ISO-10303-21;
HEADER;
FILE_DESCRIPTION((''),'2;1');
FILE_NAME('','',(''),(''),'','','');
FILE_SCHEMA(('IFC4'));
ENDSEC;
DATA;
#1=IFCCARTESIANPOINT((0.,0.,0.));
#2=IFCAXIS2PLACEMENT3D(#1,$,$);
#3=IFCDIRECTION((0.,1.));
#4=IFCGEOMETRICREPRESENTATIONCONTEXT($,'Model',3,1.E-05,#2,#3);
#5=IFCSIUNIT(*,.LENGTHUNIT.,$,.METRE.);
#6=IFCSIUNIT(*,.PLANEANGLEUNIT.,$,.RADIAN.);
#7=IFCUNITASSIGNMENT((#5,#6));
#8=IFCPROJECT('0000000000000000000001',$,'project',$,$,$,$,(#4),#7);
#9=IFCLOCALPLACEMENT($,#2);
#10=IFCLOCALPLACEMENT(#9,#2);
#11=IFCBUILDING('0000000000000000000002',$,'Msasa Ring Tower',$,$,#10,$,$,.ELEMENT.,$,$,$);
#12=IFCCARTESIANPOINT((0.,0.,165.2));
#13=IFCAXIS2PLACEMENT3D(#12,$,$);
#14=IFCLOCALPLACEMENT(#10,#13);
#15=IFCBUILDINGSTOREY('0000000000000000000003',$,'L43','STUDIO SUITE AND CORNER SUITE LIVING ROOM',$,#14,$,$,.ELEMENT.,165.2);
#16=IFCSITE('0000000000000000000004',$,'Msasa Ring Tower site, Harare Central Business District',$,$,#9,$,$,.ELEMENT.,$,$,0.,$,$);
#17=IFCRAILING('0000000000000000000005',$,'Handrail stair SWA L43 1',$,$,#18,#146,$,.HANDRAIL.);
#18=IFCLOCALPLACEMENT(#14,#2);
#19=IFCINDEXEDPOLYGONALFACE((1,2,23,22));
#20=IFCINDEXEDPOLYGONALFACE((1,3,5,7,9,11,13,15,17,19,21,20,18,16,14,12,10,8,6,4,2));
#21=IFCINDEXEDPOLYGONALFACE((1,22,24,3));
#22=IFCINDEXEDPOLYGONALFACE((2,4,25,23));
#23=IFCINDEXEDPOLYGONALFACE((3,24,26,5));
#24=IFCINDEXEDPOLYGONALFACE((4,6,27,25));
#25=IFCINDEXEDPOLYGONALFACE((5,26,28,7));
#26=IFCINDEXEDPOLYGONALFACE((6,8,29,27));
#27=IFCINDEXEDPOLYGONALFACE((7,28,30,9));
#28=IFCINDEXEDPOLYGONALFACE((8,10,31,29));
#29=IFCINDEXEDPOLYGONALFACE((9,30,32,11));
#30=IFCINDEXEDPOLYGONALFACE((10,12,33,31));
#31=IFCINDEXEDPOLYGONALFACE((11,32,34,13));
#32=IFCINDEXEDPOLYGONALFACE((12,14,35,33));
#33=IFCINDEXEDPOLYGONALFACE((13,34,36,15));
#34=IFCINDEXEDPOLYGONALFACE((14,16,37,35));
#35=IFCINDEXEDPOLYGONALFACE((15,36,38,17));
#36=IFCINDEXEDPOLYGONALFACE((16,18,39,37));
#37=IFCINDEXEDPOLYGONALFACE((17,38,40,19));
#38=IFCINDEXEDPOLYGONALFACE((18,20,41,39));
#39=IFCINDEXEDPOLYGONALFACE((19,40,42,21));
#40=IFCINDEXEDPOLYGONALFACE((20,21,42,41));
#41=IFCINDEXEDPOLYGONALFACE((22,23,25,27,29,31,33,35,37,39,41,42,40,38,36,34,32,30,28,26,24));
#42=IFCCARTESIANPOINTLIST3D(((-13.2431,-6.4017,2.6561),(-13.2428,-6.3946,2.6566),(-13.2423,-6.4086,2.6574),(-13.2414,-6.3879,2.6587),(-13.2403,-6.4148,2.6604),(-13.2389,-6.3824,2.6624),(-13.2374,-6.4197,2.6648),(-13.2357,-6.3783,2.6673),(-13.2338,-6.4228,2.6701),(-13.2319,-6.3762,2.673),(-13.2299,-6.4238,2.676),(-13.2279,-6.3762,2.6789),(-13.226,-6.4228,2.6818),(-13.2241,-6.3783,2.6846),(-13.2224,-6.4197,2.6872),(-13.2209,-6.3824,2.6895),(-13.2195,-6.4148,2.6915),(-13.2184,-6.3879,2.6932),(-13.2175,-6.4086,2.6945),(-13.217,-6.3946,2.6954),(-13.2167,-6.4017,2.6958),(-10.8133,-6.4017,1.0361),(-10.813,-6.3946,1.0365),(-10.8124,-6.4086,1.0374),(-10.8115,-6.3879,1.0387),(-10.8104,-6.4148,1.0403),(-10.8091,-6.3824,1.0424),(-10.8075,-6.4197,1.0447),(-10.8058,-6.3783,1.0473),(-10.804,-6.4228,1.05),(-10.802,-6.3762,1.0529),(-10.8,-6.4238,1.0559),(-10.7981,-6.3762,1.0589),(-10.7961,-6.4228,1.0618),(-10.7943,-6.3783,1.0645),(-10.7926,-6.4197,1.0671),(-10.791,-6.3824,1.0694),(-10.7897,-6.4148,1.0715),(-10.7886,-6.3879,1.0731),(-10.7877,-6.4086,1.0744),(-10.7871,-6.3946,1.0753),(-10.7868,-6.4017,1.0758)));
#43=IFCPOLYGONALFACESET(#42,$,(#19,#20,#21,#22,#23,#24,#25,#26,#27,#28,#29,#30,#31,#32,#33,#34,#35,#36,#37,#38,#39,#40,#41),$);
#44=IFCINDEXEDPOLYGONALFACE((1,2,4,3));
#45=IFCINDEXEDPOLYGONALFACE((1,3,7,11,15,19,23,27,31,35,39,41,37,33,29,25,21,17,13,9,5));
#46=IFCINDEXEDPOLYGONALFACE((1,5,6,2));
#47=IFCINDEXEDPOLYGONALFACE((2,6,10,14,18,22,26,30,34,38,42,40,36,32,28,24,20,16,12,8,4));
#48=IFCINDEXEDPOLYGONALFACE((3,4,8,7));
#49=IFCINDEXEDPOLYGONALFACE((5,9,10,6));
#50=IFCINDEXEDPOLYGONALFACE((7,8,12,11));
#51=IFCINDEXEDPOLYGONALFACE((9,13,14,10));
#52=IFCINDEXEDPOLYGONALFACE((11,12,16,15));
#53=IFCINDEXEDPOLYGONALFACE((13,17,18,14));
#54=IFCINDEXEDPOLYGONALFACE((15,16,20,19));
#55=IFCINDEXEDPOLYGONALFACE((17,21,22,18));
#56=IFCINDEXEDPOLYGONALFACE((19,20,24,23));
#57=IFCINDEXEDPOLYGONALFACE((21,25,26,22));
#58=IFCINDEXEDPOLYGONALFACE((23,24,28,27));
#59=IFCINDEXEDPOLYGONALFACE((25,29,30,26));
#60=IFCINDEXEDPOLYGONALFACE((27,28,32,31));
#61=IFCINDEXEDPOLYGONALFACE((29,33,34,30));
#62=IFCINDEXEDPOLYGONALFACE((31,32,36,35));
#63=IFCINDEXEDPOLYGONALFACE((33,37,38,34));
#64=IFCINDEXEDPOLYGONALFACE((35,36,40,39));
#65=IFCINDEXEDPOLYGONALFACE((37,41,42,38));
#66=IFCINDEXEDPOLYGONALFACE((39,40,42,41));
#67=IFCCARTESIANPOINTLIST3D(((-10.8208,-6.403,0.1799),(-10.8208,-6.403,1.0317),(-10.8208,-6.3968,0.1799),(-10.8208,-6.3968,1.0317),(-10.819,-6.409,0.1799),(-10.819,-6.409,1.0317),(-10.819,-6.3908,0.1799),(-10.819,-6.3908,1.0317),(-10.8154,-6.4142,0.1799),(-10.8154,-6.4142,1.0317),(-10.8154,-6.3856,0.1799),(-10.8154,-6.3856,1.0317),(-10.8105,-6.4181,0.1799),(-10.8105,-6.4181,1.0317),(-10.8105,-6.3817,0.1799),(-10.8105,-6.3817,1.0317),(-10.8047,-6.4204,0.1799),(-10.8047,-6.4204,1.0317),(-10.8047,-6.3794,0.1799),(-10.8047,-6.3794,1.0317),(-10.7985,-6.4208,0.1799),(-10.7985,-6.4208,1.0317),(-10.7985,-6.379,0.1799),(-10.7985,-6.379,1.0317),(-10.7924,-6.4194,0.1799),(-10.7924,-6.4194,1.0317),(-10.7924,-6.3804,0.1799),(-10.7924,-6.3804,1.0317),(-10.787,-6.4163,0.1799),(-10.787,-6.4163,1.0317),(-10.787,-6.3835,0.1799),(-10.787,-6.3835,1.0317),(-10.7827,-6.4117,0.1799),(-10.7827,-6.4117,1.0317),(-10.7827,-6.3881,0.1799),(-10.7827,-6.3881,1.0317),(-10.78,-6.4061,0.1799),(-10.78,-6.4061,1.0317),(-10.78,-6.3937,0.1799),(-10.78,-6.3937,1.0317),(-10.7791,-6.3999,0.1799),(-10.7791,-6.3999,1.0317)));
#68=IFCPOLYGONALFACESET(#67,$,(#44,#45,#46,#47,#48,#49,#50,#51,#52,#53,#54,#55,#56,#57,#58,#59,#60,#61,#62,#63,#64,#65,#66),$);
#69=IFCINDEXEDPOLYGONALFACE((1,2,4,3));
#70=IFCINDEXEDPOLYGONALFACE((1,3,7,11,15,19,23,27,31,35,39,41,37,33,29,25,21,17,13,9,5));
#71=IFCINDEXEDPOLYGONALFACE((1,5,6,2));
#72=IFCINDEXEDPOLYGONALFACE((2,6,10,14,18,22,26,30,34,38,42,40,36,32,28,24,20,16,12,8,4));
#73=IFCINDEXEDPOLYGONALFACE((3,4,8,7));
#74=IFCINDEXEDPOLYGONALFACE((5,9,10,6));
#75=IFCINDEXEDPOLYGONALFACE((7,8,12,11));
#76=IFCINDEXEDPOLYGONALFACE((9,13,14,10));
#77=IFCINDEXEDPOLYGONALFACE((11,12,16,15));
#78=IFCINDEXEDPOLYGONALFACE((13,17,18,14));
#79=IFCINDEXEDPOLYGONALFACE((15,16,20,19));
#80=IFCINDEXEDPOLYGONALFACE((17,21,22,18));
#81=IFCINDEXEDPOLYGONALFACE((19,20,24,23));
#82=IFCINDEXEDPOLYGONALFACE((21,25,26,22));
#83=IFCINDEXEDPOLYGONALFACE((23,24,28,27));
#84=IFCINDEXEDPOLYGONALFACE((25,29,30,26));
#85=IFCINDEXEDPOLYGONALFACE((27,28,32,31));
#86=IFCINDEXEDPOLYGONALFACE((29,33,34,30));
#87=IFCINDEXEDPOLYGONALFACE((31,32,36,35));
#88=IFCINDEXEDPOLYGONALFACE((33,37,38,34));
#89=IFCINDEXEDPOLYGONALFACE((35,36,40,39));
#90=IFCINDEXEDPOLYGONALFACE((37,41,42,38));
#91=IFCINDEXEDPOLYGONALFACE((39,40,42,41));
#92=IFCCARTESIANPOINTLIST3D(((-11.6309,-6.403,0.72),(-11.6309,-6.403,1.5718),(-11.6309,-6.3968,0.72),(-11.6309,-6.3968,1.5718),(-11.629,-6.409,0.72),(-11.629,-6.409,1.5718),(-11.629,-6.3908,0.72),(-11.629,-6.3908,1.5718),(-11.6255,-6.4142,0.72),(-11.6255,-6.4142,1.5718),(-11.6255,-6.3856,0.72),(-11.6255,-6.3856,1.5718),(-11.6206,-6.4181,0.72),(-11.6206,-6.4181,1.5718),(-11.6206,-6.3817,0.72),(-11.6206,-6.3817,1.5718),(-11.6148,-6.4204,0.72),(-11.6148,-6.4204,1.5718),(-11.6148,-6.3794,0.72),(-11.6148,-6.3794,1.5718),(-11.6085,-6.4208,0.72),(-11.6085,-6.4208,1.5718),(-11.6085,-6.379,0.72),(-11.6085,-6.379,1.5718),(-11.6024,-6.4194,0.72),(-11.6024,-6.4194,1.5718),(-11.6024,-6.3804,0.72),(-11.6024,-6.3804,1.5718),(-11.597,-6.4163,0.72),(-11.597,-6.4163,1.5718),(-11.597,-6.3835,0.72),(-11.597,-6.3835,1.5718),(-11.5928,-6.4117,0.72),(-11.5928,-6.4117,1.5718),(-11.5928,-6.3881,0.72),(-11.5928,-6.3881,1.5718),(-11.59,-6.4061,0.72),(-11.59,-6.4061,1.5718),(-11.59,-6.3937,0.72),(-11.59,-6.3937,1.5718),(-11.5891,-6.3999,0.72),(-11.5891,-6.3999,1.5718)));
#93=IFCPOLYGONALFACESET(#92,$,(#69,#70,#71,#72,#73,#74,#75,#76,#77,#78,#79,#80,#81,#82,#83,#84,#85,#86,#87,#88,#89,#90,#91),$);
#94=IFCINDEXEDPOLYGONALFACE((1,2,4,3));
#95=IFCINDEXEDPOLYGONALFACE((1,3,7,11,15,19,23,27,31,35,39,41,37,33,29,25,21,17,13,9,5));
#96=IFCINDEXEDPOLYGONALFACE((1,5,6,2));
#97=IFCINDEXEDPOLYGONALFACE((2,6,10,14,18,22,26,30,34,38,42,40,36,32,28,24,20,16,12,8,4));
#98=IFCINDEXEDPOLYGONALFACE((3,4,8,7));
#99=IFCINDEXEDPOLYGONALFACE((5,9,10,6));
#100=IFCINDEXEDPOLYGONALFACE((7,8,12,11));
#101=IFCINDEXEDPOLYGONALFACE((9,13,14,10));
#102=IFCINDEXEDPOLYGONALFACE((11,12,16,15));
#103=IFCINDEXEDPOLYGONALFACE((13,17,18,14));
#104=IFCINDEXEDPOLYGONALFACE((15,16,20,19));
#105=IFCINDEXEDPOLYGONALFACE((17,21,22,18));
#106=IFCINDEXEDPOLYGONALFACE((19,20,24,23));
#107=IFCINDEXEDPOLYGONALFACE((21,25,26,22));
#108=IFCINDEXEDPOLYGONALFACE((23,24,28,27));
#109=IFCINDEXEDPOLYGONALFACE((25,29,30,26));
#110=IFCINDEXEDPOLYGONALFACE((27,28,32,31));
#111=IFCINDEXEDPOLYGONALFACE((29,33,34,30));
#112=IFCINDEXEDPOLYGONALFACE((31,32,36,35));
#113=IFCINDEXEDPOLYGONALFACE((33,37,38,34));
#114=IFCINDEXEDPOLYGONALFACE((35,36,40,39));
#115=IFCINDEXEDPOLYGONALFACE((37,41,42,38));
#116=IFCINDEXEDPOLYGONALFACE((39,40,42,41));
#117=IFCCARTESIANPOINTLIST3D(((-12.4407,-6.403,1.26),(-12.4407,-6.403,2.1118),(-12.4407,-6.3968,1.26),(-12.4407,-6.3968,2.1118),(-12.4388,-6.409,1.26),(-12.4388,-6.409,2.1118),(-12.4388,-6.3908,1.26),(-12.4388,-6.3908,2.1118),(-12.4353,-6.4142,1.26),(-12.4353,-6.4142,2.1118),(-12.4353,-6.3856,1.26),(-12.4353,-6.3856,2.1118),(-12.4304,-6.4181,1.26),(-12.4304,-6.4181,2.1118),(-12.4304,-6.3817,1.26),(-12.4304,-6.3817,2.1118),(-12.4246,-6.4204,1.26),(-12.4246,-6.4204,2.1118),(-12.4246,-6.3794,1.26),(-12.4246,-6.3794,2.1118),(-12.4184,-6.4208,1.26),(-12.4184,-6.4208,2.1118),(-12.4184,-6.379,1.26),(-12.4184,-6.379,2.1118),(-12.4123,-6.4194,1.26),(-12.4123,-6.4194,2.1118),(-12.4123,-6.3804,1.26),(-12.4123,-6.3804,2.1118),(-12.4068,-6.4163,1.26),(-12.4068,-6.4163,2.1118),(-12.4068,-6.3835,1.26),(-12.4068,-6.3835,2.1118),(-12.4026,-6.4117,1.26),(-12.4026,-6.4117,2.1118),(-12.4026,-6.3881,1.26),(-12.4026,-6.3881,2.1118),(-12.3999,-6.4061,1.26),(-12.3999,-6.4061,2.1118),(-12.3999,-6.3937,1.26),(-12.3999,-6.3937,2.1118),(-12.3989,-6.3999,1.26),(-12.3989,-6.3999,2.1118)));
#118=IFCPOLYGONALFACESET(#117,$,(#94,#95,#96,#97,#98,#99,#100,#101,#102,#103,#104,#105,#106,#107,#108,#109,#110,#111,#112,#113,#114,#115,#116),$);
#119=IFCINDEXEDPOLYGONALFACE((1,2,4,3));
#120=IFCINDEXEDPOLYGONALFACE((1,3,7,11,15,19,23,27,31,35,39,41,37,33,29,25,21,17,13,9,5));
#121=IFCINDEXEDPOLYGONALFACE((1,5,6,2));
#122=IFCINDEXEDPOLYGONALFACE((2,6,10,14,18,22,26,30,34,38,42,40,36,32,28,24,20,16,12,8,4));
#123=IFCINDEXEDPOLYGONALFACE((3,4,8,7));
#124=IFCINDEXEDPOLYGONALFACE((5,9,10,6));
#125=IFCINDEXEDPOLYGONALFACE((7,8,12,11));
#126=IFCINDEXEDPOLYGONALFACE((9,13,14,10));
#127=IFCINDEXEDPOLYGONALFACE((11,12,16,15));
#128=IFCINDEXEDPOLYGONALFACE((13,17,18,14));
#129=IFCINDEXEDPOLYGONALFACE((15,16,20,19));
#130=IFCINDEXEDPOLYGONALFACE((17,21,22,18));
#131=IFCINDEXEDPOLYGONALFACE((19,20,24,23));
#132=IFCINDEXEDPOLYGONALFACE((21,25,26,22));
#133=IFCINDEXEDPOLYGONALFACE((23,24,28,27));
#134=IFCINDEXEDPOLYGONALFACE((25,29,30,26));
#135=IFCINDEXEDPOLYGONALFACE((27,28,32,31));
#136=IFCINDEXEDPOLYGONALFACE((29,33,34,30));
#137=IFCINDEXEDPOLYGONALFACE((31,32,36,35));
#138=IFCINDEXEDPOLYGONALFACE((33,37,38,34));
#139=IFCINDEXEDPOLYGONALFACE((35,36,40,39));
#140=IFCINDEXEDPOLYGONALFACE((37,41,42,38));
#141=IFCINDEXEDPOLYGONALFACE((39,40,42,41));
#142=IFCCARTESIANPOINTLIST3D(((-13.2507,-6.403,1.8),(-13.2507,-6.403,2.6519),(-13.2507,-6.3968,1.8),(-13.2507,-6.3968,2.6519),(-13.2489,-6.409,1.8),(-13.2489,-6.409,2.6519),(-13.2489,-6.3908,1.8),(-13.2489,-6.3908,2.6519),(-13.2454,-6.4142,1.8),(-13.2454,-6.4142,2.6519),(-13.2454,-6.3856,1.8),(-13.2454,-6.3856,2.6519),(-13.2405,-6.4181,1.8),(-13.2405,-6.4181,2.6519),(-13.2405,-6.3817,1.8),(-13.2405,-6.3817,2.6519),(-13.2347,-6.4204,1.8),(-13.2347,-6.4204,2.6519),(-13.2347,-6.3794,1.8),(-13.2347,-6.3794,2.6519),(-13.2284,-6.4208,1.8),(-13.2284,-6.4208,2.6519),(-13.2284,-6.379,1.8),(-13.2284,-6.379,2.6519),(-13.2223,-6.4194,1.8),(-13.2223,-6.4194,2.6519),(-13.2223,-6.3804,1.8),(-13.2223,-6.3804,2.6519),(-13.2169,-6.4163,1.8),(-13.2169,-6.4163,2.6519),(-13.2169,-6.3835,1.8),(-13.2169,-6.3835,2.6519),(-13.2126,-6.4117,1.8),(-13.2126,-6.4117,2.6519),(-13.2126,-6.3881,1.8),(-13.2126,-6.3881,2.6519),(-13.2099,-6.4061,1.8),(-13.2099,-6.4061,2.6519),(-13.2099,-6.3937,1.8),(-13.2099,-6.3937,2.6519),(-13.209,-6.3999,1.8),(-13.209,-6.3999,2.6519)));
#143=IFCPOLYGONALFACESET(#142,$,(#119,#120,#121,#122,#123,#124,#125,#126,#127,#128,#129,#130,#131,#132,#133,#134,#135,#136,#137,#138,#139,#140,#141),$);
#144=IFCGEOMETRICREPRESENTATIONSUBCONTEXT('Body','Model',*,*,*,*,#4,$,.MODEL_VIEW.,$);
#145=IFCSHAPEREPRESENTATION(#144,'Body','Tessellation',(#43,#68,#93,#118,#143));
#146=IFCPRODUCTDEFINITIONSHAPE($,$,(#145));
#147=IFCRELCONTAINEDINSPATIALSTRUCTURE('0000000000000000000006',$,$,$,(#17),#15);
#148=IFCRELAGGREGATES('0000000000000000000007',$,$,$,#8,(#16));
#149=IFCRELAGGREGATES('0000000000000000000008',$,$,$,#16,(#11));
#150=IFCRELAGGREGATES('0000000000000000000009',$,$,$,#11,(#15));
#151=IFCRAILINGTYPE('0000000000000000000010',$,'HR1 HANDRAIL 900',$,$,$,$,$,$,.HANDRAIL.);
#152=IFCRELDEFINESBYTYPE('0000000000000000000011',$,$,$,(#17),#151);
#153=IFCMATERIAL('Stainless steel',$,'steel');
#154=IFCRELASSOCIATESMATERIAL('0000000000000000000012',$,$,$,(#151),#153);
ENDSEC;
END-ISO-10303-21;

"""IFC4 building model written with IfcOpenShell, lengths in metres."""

from ifc_helpers import new_model, si_unit, direction, frame, origin, origin_2d, place, context, subcontext, project, spatial, circle, extrude, material, type_object, element, save


model = new_model("IFC4")

# Units and contexts
model_context = context("Model", 3, precision=1e-05, world=origin(), true_north=direction((0.0, 1.0)))
body_context = subcontext(model_context, "Body", "Model", "MODEL_VIEW")
ifc_project = project(units=[si_unit("LENGTHUNIT", "METRE"), si_unit("PLANEANGLEUNIT", "RADIAN")], contexts=[model_context])

# Site, building, storey
site_placement = place(None, origin())
site = spatial("IfcSite", under=ifc_project, at=site_placement, Name="Msasa Ring Tower site, Harare Central Business District", CompositionType="ELEMENT", RefElevation=0.0)
building_placement = place(site_placement, origin())
building = spatial("IfcBuilding", under=site, at=building_placement, Name="Msasa Ring Tower", CompositionType="ELEMENT")
storey_placement = place(building_placement, frame((0.0, 0.0, 165.2)))
storey = spatial("IfcBuildingStorey", under=building, at=storey_placement, Name="L43", Description="STUDIO SUITE AND CORNER SUITE LIVING ROOM", CompositionType="ELEMENT", Elevation=165.2)

# Railing
ifc_material_1 = material(Name="Stainless steel", Category="steel")
railing_type = type_object("IfcRailingType", Name="HR1 HANDRAIL 900", PredefinedType="HANDRAIL", material=ifc_material_1)
for number, where, name in (
    (1, (-10.8, -6.3999, 0.1799), "Handrail stair SWA L43 1"),
):
    element("IfcRailing", number, at=place(storey_placement, frame(where)), inside=storey, type_object=railing_type, Name=name, PredefinedType="HANDRAIL", context=body_context, shape_type="SweptSolid", body=[
        extrude(circle(Radius=0.0239, at=origin_2d()), frame((0.0, 0.0, 0.876), z_axis=(-0.832025, 0.0, 0.554739), x_axis=(0.0, -1.0, 0.0)), (0.0, 0.0, 1.0), 2.9204),
        extrude(circle(Radius=0.021, at=origin_2d()), origin(), (0.0, 0.0, 1.0), 0.8518),
        extrude(circle(Radius=0.021, at=origin_2d()), frame((-0.8101, 0.0, 0.54)), (0.0, 0.0, 1.0), 0.8518),
        extrude(circle(Radius=0.021, at=origin_2d()), frame((-1.6199, 0.0, 1.0801)), (0.0, 0.0, 1.0), 0.8518),
        extrude(circle(Radius=0.021, at=origin_2d()), frame((-2.4299, 0.0, 1.6201)), (0.0, 0.0, 1.0), 0.8518),
    ])

save(model, "model.ifc")
